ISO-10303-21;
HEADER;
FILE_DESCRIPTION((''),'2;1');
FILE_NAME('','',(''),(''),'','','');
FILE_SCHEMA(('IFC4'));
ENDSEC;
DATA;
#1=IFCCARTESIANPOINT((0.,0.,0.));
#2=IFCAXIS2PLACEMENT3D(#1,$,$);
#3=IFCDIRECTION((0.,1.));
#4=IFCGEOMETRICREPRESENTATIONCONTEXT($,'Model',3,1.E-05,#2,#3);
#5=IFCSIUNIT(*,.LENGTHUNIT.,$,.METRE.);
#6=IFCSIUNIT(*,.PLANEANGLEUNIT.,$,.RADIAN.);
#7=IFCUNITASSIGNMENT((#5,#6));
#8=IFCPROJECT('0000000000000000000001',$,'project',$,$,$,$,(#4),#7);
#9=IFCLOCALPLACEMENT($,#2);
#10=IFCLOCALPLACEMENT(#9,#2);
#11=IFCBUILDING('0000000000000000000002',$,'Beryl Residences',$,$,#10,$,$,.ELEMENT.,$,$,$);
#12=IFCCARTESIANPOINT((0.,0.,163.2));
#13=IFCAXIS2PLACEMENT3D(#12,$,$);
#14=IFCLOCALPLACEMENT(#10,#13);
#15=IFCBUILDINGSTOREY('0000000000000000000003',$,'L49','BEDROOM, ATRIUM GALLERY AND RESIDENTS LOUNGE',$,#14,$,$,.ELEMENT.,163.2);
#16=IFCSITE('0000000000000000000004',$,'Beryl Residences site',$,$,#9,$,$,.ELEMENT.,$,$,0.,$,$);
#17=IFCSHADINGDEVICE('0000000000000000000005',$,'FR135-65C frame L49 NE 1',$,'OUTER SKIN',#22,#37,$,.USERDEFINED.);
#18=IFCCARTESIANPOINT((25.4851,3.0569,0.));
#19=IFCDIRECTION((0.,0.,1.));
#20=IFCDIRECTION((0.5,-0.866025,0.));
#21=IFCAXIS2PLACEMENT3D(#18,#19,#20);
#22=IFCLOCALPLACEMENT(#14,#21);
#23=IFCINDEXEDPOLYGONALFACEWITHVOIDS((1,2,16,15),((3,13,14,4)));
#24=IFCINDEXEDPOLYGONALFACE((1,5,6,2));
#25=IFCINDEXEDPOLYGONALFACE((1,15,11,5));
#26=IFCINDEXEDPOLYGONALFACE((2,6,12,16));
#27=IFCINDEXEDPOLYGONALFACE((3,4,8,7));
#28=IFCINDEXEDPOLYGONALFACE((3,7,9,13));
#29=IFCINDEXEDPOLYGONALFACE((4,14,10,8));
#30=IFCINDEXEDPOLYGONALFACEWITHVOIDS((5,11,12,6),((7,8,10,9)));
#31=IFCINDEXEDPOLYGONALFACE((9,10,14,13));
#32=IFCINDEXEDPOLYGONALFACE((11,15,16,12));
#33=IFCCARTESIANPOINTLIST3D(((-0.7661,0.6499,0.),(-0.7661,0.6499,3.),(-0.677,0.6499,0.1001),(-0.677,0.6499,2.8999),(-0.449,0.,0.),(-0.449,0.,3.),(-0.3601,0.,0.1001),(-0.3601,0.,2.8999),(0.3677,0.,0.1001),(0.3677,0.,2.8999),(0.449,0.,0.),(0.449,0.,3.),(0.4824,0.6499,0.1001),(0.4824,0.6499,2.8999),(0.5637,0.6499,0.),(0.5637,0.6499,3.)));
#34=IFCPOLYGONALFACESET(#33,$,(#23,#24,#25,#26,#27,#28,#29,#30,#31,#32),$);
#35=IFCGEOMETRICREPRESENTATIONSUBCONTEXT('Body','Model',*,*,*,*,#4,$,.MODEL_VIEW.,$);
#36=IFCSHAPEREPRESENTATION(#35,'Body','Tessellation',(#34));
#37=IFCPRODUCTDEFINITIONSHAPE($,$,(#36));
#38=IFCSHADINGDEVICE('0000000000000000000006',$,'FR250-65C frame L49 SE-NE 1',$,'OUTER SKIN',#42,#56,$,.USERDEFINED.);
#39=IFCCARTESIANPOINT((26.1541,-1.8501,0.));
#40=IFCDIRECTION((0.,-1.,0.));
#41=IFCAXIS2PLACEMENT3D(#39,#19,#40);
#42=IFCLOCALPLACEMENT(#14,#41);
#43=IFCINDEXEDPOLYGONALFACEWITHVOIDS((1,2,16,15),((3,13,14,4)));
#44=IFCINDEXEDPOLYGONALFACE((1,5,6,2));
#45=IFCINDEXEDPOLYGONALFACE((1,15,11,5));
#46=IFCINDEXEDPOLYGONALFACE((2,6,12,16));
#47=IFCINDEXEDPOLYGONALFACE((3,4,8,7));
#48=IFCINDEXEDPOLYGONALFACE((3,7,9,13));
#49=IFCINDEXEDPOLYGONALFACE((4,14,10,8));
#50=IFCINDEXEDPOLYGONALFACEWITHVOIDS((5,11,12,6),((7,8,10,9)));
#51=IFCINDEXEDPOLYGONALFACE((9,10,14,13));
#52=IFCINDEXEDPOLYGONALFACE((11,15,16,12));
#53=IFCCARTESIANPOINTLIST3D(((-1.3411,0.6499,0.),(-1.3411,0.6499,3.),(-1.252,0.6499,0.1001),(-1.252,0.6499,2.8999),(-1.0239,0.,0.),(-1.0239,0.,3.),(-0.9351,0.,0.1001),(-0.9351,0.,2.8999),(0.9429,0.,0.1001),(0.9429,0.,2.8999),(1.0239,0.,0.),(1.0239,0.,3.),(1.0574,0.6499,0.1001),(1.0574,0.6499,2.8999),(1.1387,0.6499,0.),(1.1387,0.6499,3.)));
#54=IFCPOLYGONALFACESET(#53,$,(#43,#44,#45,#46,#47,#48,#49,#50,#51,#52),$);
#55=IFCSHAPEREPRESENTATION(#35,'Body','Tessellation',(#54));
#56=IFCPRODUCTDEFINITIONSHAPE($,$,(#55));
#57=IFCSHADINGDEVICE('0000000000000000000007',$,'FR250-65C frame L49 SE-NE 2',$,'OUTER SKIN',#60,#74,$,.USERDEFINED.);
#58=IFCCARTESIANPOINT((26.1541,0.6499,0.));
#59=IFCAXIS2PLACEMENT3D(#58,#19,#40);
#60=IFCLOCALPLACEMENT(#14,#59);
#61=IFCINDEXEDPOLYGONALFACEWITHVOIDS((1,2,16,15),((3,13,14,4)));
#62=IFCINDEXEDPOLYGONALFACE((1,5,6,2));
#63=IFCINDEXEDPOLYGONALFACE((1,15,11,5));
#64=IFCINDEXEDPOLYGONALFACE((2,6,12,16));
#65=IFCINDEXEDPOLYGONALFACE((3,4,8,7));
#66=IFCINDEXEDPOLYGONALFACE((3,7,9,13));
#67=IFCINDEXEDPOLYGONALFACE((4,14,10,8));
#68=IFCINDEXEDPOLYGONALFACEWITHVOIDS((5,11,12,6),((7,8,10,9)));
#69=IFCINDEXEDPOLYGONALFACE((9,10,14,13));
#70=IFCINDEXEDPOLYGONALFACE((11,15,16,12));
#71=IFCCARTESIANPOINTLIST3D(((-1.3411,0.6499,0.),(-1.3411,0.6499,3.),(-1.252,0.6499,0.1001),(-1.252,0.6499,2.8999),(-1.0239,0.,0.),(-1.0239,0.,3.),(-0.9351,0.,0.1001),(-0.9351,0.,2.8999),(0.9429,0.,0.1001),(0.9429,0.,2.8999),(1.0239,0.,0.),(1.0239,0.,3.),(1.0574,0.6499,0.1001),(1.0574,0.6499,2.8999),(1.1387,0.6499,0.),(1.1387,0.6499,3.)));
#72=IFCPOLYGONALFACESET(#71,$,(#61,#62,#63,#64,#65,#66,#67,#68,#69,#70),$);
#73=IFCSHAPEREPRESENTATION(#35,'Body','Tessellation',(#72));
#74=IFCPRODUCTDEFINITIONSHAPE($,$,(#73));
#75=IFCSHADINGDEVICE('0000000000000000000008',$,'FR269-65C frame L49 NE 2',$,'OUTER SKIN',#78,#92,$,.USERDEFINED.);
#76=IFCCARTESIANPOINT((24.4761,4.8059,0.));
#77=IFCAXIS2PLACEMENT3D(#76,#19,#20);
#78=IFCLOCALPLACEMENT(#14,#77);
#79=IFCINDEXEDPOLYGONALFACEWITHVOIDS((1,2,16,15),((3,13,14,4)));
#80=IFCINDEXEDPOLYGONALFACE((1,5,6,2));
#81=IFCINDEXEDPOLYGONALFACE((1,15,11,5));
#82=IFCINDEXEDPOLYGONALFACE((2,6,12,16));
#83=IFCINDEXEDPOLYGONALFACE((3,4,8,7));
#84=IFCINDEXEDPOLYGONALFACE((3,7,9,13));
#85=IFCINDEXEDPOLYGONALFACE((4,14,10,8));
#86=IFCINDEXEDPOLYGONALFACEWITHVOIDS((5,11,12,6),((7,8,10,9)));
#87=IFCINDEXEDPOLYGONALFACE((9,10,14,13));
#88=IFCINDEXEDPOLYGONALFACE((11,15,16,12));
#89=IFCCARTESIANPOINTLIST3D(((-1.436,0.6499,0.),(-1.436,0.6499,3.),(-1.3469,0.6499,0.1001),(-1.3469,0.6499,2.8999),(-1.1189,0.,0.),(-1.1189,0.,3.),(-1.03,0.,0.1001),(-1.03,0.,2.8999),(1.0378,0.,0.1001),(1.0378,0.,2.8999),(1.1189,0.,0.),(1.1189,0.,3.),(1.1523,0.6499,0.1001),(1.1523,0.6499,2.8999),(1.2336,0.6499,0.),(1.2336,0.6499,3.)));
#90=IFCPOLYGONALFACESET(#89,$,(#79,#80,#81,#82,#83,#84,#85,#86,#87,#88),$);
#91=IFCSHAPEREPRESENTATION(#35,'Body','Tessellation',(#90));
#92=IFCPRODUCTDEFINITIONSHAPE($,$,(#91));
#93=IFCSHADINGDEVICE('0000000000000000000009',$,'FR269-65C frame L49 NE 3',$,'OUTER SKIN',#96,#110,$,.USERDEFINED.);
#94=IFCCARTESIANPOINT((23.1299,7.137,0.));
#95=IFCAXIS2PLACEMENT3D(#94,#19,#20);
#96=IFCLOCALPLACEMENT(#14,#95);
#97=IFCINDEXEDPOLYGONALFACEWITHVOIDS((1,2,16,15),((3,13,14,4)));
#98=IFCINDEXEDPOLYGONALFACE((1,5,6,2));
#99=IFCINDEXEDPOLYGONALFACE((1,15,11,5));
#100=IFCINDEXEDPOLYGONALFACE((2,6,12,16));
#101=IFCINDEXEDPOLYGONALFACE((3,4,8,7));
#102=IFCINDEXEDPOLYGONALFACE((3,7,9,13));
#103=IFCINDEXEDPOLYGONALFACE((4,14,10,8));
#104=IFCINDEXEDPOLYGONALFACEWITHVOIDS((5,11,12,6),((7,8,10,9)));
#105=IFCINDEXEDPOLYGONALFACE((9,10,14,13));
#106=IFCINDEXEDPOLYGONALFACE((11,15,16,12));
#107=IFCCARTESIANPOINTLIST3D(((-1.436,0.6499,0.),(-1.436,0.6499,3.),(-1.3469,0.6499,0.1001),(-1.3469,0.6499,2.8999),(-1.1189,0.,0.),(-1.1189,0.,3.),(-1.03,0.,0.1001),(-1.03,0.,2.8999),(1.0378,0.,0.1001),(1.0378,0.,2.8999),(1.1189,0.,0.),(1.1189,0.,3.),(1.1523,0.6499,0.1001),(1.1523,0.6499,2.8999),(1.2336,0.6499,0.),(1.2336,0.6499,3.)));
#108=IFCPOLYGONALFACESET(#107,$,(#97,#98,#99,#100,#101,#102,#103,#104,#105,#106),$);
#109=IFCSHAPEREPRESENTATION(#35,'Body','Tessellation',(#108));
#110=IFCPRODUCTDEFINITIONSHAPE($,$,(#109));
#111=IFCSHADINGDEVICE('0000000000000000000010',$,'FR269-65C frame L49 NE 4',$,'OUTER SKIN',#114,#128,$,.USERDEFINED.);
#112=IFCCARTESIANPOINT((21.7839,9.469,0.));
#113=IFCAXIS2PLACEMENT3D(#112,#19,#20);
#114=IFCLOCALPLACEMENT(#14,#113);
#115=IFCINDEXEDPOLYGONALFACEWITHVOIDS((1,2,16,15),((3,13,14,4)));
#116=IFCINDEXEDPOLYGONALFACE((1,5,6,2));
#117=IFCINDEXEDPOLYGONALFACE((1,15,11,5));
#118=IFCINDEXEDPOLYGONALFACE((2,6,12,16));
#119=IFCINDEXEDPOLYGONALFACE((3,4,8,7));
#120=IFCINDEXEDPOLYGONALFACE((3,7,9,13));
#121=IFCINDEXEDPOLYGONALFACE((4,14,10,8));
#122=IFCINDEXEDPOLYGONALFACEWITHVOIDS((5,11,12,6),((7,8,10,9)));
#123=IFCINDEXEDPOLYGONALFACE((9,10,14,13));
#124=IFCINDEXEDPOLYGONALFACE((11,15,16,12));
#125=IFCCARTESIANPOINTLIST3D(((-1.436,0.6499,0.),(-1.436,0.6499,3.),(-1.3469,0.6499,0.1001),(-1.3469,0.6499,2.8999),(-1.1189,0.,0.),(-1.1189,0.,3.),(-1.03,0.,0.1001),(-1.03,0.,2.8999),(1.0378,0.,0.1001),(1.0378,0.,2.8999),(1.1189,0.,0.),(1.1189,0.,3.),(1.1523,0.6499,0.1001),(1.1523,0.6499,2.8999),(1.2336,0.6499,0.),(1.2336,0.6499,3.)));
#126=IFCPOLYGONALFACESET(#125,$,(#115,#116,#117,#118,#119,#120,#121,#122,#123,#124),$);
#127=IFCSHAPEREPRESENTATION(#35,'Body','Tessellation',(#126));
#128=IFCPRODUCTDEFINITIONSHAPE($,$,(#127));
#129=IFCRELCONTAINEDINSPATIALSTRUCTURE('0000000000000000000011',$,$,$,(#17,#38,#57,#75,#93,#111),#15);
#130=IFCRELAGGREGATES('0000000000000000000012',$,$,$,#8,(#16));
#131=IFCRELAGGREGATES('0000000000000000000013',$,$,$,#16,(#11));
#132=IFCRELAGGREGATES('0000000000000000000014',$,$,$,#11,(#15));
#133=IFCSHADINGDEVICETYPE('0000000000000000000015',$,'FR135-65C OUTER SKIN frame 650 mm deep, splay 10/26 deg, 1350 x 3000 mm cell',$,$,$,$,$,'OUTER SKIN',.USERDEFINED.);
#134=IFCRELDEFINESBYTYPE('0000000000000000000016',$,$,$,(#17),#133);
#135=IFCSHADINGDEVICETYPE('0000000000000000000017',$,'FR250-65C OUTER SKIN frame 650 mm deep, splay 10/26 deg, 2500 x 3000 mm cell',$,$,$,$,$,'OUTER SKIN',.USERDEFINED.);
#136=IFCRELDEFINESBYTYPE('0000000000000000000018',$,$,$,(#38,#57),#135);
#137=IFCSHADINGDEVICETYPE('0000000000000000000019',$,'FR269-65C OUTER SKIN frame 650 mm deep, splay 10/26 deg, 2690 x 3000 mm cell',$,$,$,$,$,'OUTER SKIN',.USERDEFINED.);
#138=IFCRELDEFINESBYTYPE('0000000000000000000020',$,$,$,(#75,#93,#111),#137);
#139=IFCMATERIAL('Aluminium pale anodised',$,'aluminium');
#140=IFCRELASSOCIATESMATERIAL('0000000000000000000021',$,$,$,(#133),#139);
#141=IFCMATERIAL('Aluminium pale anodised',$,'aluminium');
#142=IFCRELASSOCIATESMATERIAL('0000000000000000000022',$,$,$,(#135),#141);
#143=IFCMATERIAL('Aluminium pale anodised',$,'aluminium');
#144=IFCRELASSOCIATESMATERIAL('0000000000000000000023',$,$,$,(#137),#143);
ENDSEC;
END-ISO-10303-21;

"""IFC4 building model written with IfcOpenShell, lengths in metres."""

from ifc_helpers import new_model, entity, si_unit, direction, frame, origin, place, context, subcontext, project, spatial, source, transform, mapped, material, type_object, type_shapes, element, save


model = new_model("IFC4")

# Units and contexts
model_context = context("Model", 3, precision=1e-05, world=origin(), true_north=direction((0.0, 1.0)))
body_context = subcontext(model_context, "Body", "Model", "MODEL_VIEW")
ifc_project = project(units=[si_unit("LENGTHUNIT", "METRE"), si_unit("PLANEANGLEUNIT", "RADIAN")], contexts=[model_context])

# Site, building, storey
site_placement = place(None, origin())
site = spatial("IfcSite", under=ifc_project, at=site_placement, Name="Beryl Residences site", CompositionType="ELEMENT", RefElevation=0.0)
building_placement = place(site_placement, origin())
building = spatial("IfcBuilding", under=site, at=building_placement, Name="Beryl Residences", CompositionType="ELEMENT")
storey_placement = place(building_placement, frame((0.0, 0.0, 163.2)))
storey = spatial("IfcBuildingStorey", under=building, at=storey_placement, Name="L49", Description="BEDROOM, ATRIUM GALLERY AND RESIDENTS LOUNGE", CompositionType="ELEMENT", Elevation=163.2)

# Shading devices
ifc_material_1 = material(Name="Aluminium pale anodised", Category="aluminium")
shading_device_type_1 = type_object("IfcShadingDeviceType", Name="FR135-65C OUTER SKIN frame 650 mm deep, splay 10/26 deg, 1350 x 3000 mm cell", ElementType="OUTER SKIN", PredefinedType="USERDEFINED", material=ifc_material_1)
cartesian_point_1 = entity("IfcCartesianPoint", [-0.449, 0.0])
cartesian_point_2 = entity("IfcCartesianPoint", [-0.3677, 0.1001])
cartesian_point_3 = entity("IfcCartesianPoint", [-0.5637, 0.0])
cartesian_point_4 = entity("IfcCartesianPoint", [-0.4824, 0.1001])
shared_shape_1 = source(origin(), body_context, "Body", "SweptSolid", [
    entity("IfcExtrudedAreaSolidTapered", entity("IfcArbitraryProfileDefWithVoids", "AREA", None, entity("IfcPolyline", [cartesian_point_1, entity("IfcCartesianPoint", [0.449, 0.0]), entity("IfcCartesianPoint", [0.449, 3.0]), entity("IfcCartesianPoint", [-0.449, 3.0]), cartesian_point_1]), [entity("IfcPolyline", [cartesian_point_2, entity("IfcCartesianPoint", [0.3601, 0.1001]), entity("IfcCartesianPoint", [0.3601, 2.8999]), entity("IfcCartesianPoint", [-0.3677, 2.8999]), cartesian_point_2])]), entity("IfcAxis2Placement3D", entity("IfcCartesianPoint", [0.0, 0.0, 0.0]), entity("IfcDirection", [0.0, 1.0, 0.0]), entity("IfcDirection", [-1.0, 0.0, 0.0])), entity("IfcDirection", [0.0, 0.0, 1.0]), 0.6499, entity("IfcArbitraryProfileDefWithVoids", "AREA", None, entity("IfcPolyline", [cartesian_point_3, entity("IfcCartesianPoint", [0.7661, 0.0]), entity("IfcCartesianPoint", [0.7661, 3.0]), entity("IfcCartesianPoint", [-0.5637, 3.0]), cartesian_point_3]), [entity("IfcPolyline", [cartesian_point_4, entity("IfcCartesianPoint", [0.677, 0.1001]), entity("IfcCartesianPoint", [0.677, 2.8999]), entity("IfcCartesianPoint", [-0.4824, 2.8999]), cartesian_point_4])])),
])
type_shapes(shading_device_type_1, [shared_shape_1])
shading_device_placement = place(storey_placement, frame((25.4851, 3.0569, 0.0), z_axis=(0.0, 0.0, 1.0), x_axis=(0.5, -0.866025, 0.0)))
element("IfcShadingDevice", 1, at=shading_device_placement, inside=storey, type_object=shading_device_type_1, Name="FR135-65C frame L49 NE 1", ObjectType="OUTER SKIN", PredefinedType="USERDEFINED", context=body_context, shape_type="MappedRepresentation", body=[
    mapped(shared_shape_1, transform((0.0, 0.0, 0.0))),
])
ifc_material_2 = material(Name="Aluminium pale anodised", Category="aluminium")
shading_device_type_2 = type_object("IfcShadingDeviceType", Name="FR250-65C OUTER SKIN frame 650 mm deep, splay 10/26 deg, 2500 x 3000 mm cell", ElementType="OUTER SKIN", PredefinedType="USERDEFINED", material=ifc_material_2)
cartesian_point_5 = entity("IfcCartesianPoint", [-1.0239, 0.0])
cartesian_point_6 = entity("IfcCartesianPoint", [-0.9429, 0.1001])
cartesian_point_7 = entity("IfcCartesianPoint", [-1.1387, 0.0])
cartesian_point_8 = entity("IfcCartesianPoint", [-1.0574, 0.1001])
shared_shape_2 = source(origin(), body_context, "Body", "SweptSolid", [
    entity("IfcExtrudedAreaSolidTapered", entity("IfcArbitraryProfileDefWithVoids", "AREA", None, entity("IfcPolyline", [cartesian_point_5, entity("IfcCartesianPoint", [1.0239, 0.0]), entity("IfcCartesianPoint", [1.0239, 3.0]), entity("IfcCartesianPoint", [-1.0239, 3.0]), cartesian_point_5]), [entity("IfcPolyline", [cartesian_point_6, entity("IfcCartesianPoint", [0.9351, 0.1001]), entity("IfcCartesianPoint", [0.9351, 2.8999]), entity("IfcCartesianPoint", [-0.9429, 2.8999]), cartesian_point_6])]), entity("IfcAxis2Placement3D", entity("IfcCartesianPoint", [0.0, 0.0, 0.0]), entity("IfcDirection", [0.0, 1.0, 0.0]), entity("IfcDirection", [-1.0, 0.0, 0.0])), entity("IfcDirection", [0.0, 0.0, 1.0]), 0.6499, entity("IfcArbitraryProfileDefWithVoids", "AREA", None, entity("IfcPolyline", [cartesian_point_7, entity("IfcCartesianPoint", [1.3411, 0.0]), entity("IfcCartesianPoint", [1.3411, 3.0]), entity("IfcCartesianPoint", [-1.1387, 3.0]), cartesian_point_7]), [entity("IfcPolyline", [cartesian_point_8, entity("IfcCartesianPoint", [1.252, 0.1001]), entity("IfcCartesianPoint", [1.252, 2.8999]), entity("IfcCartesianPoint", [-1.0574, 2.8999]), cartesian_point_8])])),
])
type_shapes(shading_device_type_2, [shared_shape_2])
for number, where, z_axis, x_axis, name in (
    (2, (26.1541, -1.8501, 0.0), (0.0, 0.0, 1.0), (0.0, -1.0, 0.0), "FR250-65C frame L49 SE-NE 1"),
    (3, (26.1541, 0.6499, 0.0), (0.0, 0.0, 1.0), (0.0, -1.0, 0.0), "FR250-65C frame L49 SE-NE 2"),
):
    element("IfcShadingDevice", number, at=place(storey_placement, frame(where, z_axis=z_axis, x_axis=x_axis)), inside=storey, type_object=shading_device_type_2, Name=name, ObjectType="OUTER SKIN", PredefinedType="USERDEFINED", context=body_context, shape_type="MappedRepresentation", body=[
        mapped(shared_shape_2, transform((0.0, 0.0, 0.0))),
    ])
ifc_material_3 = material(Name="Aluminium pale anodised", Category="aluminium")
shading_device_type_3 = type_object("IfcShadingDeviceType", Name="FR269-65C OUTER SKIN frame 650 mm deep, splay 10/26 deg, 2690 x 3000 mm cell", ElementType="OUTER SKIN", PredefinedType="USERDEFINED", material=ifc_material_3)
cartesian_point_9 = entity("IfcCartesianPoint", [-1.1189, 0.0])
cartesian_point_10 = entity("IfcCartesianPoint", [-1.0378, 0.1001])
cartesian_point_11 = entity("IfcCartesianPoint", [-1.2336, 0.0])
cartesian_point_12 = entity("IfcCartesianPoint", [-1.1523, 0.1001])
shared_shape_3 = source(origin(), body_context, "Body", "SweptSolid", [
    entity("IfcExtrudedAreaSolidTapered", entity("IfcArbitraryProfileDefWithVoids", "AREA", None, entity("IfcPolyline", [cartesian_point_9, entity("IfcCartesianPoint", [1.1189, 0.0]), entity("IfcCartesianPoint", [1.1189, 3.0]), entity("IfcCartesianPoint", [-1.1189, 3.0]), cartesian_point_9]), [entity("IfcPolyline", [cartesian_point_10, entity("IfcCartesianPoint", [1.03, 0.1001]), entity("IfcCartesianPoint", [1.03, 2.8999]), entity("IfcCartesianPoint", [-1.0378, 2.8999]), cartesian_point_10])]), entity("IfcAxis2Placement3D", entity("IfcCartesianPoint", [0.0, 0.0, 0.0]), entity("IfcDirection", [0.0, 1.0, 0.0]), entity("IfcDirection", [-1.0, 0.0, 0.0])), entity("IfcDirection", [0.0, 0.0, 1.0]), 0.6499, entity("IfcArbitraryProfileDefWithVoids", "AREA", None, entity("IfcPolyline", [cartesian_point_11, entity("IfcCartesianPoint", [1.436, 0.0]), entity("IfcCartesianPoint", [1.436, 3.0]), entity("IfcCartesianPoint", [-1.2336, 3.0]), cartesian_point_11]), [entity("IfcPolyline", [cartesian_point_12, entity("IfcCartesianPoint", [1.3469, 0.1001]), entity("IfcCartesianPoint", [1.3469, 2.8999]), entity("IfcCartesianPoint", [-1.1523, 2.8999]), cartesian_point_12])])),
])
type_shapes(shading_device_type_3, [shared_shape_3])
for number, where, z_axis, x_axis, name in (
    (4, (24.4761, 4.8059, 0.0), (0.0, 0.0, 1.0), (0.5, -0.866025, 0.0), "FR269-65C frame L49 NE 2"),
    (5, (23.1299, 7.137, 0.0), (0.0, 0.0, 1.0), (0.5, -0.866025, 0.0), "FR269-65C frame L49 NE 3"),
    (6, (21.7839, 9.469, 0.0), (0.0, 0.0, 1.0), (0.5, -0.866025, 0.0), "FR269-65C frame L49 NE 4"),
):
    element("IfcShadingDevice", number, at=place(storey_placement, frame(where, z_axis=z_axis, x_axis=x_axis)), inside=storey, type_object=shading_device_type_3, Name=name, ObjectType="OUTER SKIN", PredefinedType="USERDEFINED", context=body_context, shape_type="MappedRepresentation", body=[
        mapped(shared_shape_3, transform((0.0, 0.0, 0.0))),
    ])

save(model, "model.ifc")
